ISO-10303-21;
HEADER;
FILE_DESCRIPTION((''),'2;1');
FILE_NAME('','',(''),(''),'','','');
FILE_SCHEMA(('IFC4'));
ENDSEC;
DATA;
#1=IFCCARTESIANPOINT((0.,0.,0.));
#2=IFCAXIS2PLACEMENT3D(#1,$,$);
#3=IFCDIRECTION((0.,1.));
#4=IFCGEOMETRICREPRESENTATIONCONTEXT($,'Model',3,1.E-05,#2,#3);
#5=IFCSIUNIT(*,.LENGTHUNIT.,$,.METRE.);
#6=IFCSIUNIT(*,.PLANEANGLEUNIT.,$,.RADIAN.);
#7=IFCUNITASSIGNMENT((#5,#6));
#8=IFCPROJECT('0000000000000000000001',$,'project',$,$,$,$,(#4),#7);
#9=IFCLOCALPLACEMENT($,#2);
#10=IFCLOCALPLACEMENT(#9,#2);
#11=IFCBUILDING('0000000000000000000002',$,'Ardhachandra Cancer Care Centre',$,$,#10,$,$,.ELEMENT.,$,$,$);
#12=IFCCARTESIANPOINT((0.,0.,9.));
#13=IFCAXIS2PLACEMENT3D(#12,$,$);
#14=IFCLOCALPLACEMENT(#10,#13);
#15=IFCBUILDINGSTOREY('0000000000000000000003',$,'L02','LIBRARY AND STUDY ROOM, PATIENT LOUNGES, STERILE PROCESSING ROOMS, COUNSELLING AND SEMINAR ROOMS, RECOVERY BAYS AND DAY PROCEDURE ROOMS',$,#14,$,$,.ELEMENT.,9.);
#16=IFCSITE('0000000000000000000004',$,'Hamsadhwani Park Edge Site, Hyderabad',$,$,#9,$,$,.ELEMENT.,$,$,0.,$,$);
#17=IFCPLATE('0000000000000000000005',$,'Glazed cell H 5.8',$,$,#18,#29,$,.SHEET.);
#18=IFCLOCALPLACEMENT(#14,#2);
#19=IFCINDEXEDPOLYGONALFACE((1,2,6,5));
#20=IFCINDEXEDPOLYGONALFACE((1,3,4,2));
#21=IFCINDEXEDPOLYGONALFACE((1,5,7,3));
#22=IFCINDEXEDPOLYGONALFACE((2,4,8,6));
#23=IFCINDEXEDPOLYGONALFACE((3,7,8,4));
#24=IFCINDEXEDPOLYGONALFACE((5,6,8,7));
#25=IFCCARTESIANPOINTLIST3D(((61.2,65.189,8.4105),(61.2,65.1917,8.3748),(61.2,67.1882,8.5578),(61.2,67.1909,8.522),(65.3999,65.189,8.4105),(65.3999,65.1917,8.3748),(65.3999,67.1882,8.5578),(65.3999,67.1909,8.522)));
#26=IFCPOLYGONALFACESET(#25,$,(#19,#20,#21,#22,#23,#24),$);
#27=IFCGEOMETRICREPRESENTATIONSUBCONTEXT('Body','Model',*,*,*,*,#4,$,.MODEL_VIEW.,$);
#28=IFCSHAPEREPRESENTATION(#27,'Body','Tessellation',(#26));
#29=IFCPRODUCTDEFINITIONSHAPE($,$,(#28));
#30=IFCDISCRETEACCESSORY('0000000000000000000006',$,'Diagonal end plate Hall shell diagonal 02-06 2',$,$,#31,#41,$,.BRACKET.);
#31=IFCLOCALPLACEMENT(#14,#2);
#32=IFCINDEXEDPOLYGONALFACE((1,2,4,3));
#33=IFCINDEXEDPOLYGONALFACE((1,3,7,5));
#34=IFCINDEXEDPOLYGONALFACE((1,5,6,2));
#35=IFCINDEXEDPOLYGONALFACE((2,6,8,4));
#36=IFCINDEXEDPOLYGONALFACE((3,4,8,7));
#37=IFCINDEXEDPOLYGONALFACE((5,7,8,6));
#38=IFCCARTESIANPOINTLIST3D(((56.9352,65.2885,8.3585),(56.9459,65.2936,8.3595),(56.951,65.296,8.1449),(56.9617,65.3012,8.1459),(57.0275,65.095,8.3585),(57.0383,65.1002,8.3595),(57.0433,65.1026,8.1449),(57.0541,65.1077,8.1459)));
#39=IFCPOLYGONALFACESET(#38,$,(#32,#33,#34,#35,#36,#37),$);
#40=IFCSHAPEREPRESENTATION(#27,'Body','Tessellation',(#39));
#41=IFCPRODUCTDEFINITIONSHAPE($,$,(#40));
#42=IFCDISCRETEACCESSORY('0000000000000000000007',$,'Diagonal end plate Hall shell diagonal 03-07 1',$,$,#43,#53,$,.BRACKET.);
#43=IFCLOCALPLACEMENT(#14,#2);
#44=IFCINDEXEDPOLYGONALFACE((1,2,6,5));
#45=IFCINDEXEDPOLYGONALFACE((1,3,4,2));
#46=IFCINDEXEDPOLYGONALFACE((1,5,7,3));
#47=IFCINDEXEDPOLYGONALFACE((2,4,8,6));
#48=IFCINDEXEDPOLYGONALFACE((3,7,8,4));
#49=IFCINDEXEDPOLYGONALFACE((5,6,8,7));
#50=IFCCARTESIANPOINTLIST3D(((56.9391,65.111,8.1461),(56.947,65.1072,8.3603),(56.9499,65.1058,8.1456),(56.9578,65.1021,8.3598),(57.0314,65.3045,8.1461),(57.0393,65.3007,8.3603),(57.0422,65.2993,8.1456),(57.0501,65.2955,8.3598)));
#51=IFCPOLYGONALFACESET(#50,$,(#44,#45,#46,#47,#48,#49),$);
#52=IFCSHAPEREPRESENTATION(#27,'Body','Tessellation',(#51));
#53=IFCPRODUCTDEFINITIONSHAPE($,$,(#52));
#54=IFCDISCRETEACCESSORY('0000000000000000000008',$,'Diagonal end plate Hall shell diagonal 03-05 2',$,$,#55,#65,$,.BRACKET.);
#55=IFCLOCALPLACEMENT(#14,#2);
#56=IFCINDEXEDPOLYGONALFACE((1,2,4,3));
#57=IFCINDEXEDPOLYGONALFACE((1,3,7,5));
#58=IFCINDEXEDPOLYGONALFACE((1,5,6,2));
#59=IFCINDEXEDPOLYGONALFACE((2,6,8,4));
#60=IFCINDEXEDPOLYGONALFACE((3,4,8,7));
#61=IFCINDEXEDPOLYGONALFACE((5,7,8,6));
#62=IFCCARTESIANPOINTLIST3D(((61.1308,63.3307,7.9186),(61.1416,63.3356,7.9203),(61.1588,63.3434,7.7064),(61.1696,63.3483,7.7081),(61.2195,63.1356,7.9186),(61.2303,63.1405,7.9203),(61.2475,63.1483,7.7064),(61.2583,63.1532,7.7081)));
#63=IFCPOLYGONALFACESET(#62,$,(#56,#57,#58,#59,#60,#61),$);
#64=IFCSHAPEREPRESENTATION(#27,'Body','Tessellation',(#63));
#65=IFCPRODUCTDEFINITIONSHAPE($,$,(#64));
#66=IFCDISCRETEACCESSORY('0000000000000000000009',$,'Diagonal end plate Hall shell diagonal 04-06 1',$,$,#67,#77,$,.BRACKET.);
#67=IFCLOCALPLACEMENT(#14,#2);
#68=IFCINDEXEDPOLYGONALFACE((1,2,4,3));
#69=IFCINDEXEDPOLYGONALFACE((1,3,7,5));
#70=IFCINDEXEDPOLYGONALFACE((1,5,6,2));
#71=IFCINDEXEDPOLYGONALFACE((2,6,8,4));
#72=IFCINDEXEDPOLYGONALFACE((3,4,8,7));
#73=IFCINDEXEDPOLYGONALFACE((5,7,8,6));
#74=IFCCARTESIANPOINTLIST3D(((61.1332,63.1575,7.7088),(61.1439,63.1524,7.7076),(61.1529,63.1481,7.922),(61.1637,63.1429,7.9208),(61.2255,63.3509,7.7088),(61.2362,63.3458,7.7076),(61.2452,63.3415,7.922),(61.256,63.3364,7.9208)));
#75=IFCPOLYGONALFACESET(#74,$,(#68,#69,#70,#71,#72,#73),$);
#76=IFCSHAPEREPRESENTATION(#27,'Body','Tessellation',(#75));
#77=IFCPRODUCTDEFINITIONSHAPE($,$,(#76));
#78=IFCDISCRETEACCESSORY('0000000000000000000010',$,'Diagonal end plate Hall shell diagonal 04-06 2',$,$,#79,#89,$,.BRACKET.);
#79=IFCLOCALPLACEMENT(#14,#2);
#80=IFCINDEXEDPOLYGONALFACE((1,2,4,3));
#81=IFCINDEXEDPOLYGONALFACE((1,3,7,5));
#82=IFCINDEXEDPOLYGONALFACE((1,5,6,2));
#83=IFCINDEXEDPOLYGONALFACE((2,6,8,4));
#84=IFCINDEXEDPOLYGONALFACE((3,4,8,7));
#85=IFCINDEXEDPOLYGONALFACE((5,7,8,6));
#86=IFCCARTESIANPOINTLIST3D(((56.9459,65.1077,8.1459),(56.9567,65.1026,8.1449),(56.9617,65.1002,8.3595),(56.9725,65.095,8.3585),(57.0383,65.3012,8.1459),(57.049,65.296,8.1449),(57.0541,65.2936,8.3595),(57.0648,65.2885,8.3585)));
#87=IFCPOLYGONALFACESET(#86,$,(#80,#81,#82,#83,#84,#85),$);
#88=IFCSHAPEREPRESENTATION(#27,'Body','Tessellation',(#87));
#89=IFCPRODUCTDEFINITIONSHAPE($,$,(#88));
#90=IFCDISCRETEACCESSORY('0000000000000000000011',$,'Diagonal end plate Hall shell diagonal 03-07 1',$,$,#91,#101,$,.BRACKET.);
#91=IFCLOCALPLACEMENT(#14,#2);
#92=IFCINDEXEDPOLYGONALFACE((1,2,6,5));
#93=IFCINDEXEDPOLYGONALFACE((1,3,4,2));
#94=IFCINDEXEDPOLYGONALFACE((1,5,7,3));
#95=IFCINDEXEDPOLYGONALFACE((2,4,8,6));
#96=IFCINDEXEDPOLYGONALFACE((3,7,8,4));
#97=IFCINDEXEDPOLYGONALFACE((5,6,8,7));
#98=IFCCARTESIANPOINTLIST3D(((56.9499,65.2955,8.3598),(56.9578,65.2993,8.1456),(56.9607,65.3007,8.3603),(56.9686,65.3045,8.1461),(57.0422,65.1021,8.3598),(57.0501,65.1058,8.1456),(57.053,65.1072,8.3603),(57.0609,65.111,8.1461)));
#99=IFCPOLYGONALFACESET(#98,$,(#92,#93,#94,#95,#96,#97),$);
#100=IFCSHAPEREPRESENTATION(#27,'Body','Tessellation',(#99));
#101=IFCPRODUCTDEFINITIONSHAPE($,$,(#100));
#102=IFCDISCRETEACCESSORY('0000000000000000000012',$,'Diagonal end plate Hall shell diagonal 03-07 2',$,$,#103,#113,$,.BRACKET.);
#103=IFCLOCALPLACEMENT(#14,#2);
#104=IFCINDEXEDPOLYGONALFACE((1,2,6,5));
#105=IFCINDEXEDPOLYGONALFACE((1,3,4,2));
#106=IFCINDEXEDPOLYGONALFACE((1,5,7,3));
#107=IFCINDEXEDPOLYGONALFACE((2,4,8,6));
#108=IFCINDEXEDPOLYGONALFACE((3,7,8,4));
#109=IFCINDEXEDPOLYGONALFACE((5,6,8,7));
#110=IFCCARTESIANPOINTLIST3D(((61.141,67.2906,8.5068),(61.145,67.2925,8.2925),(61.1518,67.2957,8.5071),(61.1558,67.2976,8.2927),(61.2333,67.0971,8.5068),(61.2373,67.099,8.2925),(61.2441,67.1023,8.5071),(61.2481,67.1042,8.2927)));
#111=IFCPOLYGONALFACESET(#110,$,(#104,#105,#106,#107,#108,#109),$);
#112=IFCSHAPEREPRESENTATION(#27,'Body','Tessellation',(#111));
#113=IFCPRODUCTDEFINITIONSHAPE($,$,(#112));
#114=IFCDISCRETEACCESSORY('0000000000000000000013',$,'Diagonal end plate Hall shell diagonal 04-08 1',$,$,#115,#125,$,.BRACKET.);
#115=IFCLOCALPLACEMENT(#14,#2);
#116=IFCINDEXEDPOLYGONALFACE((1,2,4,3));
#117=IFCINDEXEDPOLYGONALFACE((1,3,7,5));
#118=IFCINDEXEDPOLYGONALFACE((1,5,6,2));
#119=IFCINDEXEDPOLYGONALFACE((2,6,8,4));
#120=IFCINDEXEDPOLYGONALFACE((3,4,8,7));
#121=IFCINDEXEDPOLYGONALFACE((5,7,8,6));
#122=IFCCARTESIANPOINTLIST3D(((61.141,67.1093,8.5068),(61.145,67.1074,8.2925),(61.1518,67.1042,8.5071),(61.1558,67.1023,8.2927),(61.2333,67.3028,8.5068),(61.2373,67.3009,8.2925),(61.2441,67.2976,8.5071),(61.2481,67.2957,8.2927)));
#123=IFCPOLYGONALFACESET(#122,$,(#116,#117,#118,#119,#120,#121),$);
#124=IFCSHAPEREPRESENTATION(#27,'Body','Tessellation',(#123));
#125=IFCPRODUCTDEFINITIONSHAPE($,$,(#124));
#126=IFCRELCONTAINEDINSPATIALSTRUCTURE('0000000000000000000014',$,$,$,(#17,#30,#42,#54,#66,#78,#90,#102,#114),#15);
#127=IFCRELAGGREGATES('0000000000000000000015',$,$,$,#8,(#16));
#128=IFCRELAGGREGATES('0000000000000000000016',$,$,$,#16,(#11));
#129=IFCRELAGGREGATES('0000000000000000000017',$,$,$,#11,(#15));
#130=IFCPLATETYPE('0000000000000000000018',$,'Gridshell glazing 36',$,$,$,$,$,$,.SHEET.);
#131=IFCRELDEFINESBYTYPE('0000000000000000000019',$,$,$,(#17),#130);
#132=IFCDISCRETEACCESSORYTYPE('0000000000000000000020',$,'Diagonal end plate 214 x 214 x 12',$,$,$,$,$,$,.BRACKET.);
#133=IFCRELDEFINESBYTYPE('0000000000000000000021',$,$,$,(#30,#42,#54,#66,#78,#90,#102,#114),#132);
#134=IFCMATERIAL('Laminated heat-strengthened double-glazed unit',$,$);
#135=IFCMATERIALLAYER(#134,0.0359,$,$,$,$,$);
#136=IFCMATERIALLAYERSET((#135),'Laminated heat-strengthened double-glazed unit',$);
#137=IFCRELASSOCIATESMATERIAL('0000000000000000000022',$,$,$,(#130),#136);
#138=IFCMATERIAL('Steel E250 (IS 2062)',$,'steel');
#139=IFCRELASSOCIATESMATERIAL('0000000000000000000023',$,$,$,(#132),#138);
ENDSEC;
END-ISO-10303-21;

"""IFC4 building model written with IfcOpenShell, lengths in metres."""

from ifc_helpers import new_model, si_unit, direction, frame, origin, origin_2d, place, context, subcontext, project, spatial, polyline, rectangle, outline, extrude, material, layer, layer_set, material_profile, profile_set, type_object, element, save


model = new_model("IFC4")

# Units and contexts
model_context = context("Model", 3, precision=1e-05, world=origin(), true_north=direction((0.0, 1.0)))
body_context = subcontext(model_context, "Body", "Model", "MODEL_VIEW")
ifc_project = project(units=[si_unit("LENGTHUNIT", "METRE"), si_unit("PLANEANGLEUNIT", "RADIAN")], contexts=[model_context])

# Site, building, storey
site_placement = place(None, origin())
site = spatial("IfcSite", under=ifc_project, at=site_placement, Name="Hamsadhwani Park Edge Site, Hyderabad", CompositionType="ELEMENT", RefElevation=0.0)
building_placement = place(site_placement, origin())
building = spatial("IfcBuilding", under=site, at=building_placement, Name="Ardhachandra Cancer Care Centre", CompositionType="ELEMENT")
storey_placement = place(building_placement, frame((0.0, 0.0, 9.0)))
storey = spatial("IfcBuildingStorey", under=building, at=storey_placement, Name="L02", Description="LIBRARY AND STUDY ROOM, PATIENT LOUNGES, STERILE PROCESSING ROOMS, COUNSELLING AND SEMINAR ROOMS, RECOVERY BAYS AND DAY PROCEDURE ROOMS", CompositionType="ELEMENT", Elevation=9.0)

# Plate
ifc_material_1 = material(Name="Laminated heat-strengthened double-glazed unit")
ifc_layer = layer(ifc_material_1, 0.0359)
ifc_layer_set = layer_set([ifc_layer], Name="Laminated heat-strengthened double-glazed unit")
plate_type = type_object("IfcPlateType", Name="Gridshell glazing 36", PredefinedType="SHEET", material=ifc_layer_set)
for number, where, z_axis, x_axis, name in (
    (1, (61.2, 65.1917, 8.3748), (0.0, -0.073437, 0.9973), (1.0, 0.0, 0.0), "Glazed cell H 5.8"),
):
    element("IfcPlate", number, at=place(storey_placement, frame(where, z_axis=z_axis, x_axis=x_axis)), inside=storey, type_object=plate_type, Name=name, PredefinedType="SHEET", context=body_context, shape_type="SweptSolid", body=[
        extrude(outline(polyline([(0.0, 0.0), (4.2, 0.0), (4.2, 2.0046), (0.0, 2.0046), (0.0, 0.0)])), origin(), (0.0, 0.0, 1.0), 0.0359),
    ])

# Discrete accessories
ifc_material_2 = material(Name="Steel E250 (IS 2062)", Category="steel")
ifc_material_profile_1 = material_profile(ifc_material_2, rectangle(XDim=0.2144, YDim=0.2144, at=origin_2d()), Name="PL 214x214x12")
ifc_profile_set_1 = profile_set([ifc_material_profile_1], Name="Steel E250 (IS 2062)")
discrete_accessory_type = type_object("IfcDiscreteAccessoryType", Name="Diagonal end plate 214 x 214 x 12", PredefinedType="BRACKET", material=ifc_profile_set_1)
for number, where, z_axis, x_axis, name in (
    (2, (57.0, 65.2007, 8.2527), (-0.899459, -0.429287, -0.081769), (0.43073, -0.902481, 0.0), "Diagonal end plate Hall shell diagonal 02-06 2"),
    (3, (57.0, 65.2007, 8.2527), (-0.901723, 0.430368, 0.040987), (-0.43073, -0.902481, 0.0), "Diagonal end plate Hall shell diagonal 03-07 1"),
    (4, (61.2, 63.2444, 7.8142), (-0.900966, -0.40953, -0.143336), (0.413803, -0.910366, 0.0), "Diagonal end plate Hall shell diagonal 03-05 2"),
    (5, (61.2, 63.2444, 7.8142), (-0.897772, 0.428482, 0.10202), (-0.43073, -0.902481, 0.0), "Diagonal end plate Hall shell diagonal 04-06 1"),
    (6, (57.0, 65.2007, 8.2527), (0.899459, -0.429287, -0.081769), (0.43073, 0.902481, 0.0), "Diagonal end plate Hall shell diagonal 04-06 2"),
    (7, (57.0, 65.2007, 8.2527), (0.901723, 0.430368, 0.040987), (-0.43073, 0.902481, 0.0), "Diagonal end plate Hall shell diagonal 03-07 1"),
    (8, (61.2, 67.2, 8.3999), (-0.902291, -0.430639, -0.020507), (0.43073, -0.902481, 0.0), "Diagonal end plate Hall shell diagonal 03-07 2"),
    (9, (61.2, 67.2, 8.3999), (-0.902291, 0.430639, -0.020507), (-0.43073, -0.902481, 0.0), "Diagonal end plate Hall shell diagonal 04-08 1"),
):
    element("IfcDiscreteAccessory", number, at=place(storey_placement, frame(where, z_axis=z_axis, x_axis=x_axis)), inside=storey, type_object=discrete_accessory_type, Name=name, PredefinedType="BRACKET", context=body_context, shape_type="SweptSolid", body=[
        extrude(rectangle(XDim=0.2144, YDim=0.2144, at=origin_2d()), origin(), (0.0, 0.0, 1.0), 0.012),
    ])

save(model, "model.ifc")
